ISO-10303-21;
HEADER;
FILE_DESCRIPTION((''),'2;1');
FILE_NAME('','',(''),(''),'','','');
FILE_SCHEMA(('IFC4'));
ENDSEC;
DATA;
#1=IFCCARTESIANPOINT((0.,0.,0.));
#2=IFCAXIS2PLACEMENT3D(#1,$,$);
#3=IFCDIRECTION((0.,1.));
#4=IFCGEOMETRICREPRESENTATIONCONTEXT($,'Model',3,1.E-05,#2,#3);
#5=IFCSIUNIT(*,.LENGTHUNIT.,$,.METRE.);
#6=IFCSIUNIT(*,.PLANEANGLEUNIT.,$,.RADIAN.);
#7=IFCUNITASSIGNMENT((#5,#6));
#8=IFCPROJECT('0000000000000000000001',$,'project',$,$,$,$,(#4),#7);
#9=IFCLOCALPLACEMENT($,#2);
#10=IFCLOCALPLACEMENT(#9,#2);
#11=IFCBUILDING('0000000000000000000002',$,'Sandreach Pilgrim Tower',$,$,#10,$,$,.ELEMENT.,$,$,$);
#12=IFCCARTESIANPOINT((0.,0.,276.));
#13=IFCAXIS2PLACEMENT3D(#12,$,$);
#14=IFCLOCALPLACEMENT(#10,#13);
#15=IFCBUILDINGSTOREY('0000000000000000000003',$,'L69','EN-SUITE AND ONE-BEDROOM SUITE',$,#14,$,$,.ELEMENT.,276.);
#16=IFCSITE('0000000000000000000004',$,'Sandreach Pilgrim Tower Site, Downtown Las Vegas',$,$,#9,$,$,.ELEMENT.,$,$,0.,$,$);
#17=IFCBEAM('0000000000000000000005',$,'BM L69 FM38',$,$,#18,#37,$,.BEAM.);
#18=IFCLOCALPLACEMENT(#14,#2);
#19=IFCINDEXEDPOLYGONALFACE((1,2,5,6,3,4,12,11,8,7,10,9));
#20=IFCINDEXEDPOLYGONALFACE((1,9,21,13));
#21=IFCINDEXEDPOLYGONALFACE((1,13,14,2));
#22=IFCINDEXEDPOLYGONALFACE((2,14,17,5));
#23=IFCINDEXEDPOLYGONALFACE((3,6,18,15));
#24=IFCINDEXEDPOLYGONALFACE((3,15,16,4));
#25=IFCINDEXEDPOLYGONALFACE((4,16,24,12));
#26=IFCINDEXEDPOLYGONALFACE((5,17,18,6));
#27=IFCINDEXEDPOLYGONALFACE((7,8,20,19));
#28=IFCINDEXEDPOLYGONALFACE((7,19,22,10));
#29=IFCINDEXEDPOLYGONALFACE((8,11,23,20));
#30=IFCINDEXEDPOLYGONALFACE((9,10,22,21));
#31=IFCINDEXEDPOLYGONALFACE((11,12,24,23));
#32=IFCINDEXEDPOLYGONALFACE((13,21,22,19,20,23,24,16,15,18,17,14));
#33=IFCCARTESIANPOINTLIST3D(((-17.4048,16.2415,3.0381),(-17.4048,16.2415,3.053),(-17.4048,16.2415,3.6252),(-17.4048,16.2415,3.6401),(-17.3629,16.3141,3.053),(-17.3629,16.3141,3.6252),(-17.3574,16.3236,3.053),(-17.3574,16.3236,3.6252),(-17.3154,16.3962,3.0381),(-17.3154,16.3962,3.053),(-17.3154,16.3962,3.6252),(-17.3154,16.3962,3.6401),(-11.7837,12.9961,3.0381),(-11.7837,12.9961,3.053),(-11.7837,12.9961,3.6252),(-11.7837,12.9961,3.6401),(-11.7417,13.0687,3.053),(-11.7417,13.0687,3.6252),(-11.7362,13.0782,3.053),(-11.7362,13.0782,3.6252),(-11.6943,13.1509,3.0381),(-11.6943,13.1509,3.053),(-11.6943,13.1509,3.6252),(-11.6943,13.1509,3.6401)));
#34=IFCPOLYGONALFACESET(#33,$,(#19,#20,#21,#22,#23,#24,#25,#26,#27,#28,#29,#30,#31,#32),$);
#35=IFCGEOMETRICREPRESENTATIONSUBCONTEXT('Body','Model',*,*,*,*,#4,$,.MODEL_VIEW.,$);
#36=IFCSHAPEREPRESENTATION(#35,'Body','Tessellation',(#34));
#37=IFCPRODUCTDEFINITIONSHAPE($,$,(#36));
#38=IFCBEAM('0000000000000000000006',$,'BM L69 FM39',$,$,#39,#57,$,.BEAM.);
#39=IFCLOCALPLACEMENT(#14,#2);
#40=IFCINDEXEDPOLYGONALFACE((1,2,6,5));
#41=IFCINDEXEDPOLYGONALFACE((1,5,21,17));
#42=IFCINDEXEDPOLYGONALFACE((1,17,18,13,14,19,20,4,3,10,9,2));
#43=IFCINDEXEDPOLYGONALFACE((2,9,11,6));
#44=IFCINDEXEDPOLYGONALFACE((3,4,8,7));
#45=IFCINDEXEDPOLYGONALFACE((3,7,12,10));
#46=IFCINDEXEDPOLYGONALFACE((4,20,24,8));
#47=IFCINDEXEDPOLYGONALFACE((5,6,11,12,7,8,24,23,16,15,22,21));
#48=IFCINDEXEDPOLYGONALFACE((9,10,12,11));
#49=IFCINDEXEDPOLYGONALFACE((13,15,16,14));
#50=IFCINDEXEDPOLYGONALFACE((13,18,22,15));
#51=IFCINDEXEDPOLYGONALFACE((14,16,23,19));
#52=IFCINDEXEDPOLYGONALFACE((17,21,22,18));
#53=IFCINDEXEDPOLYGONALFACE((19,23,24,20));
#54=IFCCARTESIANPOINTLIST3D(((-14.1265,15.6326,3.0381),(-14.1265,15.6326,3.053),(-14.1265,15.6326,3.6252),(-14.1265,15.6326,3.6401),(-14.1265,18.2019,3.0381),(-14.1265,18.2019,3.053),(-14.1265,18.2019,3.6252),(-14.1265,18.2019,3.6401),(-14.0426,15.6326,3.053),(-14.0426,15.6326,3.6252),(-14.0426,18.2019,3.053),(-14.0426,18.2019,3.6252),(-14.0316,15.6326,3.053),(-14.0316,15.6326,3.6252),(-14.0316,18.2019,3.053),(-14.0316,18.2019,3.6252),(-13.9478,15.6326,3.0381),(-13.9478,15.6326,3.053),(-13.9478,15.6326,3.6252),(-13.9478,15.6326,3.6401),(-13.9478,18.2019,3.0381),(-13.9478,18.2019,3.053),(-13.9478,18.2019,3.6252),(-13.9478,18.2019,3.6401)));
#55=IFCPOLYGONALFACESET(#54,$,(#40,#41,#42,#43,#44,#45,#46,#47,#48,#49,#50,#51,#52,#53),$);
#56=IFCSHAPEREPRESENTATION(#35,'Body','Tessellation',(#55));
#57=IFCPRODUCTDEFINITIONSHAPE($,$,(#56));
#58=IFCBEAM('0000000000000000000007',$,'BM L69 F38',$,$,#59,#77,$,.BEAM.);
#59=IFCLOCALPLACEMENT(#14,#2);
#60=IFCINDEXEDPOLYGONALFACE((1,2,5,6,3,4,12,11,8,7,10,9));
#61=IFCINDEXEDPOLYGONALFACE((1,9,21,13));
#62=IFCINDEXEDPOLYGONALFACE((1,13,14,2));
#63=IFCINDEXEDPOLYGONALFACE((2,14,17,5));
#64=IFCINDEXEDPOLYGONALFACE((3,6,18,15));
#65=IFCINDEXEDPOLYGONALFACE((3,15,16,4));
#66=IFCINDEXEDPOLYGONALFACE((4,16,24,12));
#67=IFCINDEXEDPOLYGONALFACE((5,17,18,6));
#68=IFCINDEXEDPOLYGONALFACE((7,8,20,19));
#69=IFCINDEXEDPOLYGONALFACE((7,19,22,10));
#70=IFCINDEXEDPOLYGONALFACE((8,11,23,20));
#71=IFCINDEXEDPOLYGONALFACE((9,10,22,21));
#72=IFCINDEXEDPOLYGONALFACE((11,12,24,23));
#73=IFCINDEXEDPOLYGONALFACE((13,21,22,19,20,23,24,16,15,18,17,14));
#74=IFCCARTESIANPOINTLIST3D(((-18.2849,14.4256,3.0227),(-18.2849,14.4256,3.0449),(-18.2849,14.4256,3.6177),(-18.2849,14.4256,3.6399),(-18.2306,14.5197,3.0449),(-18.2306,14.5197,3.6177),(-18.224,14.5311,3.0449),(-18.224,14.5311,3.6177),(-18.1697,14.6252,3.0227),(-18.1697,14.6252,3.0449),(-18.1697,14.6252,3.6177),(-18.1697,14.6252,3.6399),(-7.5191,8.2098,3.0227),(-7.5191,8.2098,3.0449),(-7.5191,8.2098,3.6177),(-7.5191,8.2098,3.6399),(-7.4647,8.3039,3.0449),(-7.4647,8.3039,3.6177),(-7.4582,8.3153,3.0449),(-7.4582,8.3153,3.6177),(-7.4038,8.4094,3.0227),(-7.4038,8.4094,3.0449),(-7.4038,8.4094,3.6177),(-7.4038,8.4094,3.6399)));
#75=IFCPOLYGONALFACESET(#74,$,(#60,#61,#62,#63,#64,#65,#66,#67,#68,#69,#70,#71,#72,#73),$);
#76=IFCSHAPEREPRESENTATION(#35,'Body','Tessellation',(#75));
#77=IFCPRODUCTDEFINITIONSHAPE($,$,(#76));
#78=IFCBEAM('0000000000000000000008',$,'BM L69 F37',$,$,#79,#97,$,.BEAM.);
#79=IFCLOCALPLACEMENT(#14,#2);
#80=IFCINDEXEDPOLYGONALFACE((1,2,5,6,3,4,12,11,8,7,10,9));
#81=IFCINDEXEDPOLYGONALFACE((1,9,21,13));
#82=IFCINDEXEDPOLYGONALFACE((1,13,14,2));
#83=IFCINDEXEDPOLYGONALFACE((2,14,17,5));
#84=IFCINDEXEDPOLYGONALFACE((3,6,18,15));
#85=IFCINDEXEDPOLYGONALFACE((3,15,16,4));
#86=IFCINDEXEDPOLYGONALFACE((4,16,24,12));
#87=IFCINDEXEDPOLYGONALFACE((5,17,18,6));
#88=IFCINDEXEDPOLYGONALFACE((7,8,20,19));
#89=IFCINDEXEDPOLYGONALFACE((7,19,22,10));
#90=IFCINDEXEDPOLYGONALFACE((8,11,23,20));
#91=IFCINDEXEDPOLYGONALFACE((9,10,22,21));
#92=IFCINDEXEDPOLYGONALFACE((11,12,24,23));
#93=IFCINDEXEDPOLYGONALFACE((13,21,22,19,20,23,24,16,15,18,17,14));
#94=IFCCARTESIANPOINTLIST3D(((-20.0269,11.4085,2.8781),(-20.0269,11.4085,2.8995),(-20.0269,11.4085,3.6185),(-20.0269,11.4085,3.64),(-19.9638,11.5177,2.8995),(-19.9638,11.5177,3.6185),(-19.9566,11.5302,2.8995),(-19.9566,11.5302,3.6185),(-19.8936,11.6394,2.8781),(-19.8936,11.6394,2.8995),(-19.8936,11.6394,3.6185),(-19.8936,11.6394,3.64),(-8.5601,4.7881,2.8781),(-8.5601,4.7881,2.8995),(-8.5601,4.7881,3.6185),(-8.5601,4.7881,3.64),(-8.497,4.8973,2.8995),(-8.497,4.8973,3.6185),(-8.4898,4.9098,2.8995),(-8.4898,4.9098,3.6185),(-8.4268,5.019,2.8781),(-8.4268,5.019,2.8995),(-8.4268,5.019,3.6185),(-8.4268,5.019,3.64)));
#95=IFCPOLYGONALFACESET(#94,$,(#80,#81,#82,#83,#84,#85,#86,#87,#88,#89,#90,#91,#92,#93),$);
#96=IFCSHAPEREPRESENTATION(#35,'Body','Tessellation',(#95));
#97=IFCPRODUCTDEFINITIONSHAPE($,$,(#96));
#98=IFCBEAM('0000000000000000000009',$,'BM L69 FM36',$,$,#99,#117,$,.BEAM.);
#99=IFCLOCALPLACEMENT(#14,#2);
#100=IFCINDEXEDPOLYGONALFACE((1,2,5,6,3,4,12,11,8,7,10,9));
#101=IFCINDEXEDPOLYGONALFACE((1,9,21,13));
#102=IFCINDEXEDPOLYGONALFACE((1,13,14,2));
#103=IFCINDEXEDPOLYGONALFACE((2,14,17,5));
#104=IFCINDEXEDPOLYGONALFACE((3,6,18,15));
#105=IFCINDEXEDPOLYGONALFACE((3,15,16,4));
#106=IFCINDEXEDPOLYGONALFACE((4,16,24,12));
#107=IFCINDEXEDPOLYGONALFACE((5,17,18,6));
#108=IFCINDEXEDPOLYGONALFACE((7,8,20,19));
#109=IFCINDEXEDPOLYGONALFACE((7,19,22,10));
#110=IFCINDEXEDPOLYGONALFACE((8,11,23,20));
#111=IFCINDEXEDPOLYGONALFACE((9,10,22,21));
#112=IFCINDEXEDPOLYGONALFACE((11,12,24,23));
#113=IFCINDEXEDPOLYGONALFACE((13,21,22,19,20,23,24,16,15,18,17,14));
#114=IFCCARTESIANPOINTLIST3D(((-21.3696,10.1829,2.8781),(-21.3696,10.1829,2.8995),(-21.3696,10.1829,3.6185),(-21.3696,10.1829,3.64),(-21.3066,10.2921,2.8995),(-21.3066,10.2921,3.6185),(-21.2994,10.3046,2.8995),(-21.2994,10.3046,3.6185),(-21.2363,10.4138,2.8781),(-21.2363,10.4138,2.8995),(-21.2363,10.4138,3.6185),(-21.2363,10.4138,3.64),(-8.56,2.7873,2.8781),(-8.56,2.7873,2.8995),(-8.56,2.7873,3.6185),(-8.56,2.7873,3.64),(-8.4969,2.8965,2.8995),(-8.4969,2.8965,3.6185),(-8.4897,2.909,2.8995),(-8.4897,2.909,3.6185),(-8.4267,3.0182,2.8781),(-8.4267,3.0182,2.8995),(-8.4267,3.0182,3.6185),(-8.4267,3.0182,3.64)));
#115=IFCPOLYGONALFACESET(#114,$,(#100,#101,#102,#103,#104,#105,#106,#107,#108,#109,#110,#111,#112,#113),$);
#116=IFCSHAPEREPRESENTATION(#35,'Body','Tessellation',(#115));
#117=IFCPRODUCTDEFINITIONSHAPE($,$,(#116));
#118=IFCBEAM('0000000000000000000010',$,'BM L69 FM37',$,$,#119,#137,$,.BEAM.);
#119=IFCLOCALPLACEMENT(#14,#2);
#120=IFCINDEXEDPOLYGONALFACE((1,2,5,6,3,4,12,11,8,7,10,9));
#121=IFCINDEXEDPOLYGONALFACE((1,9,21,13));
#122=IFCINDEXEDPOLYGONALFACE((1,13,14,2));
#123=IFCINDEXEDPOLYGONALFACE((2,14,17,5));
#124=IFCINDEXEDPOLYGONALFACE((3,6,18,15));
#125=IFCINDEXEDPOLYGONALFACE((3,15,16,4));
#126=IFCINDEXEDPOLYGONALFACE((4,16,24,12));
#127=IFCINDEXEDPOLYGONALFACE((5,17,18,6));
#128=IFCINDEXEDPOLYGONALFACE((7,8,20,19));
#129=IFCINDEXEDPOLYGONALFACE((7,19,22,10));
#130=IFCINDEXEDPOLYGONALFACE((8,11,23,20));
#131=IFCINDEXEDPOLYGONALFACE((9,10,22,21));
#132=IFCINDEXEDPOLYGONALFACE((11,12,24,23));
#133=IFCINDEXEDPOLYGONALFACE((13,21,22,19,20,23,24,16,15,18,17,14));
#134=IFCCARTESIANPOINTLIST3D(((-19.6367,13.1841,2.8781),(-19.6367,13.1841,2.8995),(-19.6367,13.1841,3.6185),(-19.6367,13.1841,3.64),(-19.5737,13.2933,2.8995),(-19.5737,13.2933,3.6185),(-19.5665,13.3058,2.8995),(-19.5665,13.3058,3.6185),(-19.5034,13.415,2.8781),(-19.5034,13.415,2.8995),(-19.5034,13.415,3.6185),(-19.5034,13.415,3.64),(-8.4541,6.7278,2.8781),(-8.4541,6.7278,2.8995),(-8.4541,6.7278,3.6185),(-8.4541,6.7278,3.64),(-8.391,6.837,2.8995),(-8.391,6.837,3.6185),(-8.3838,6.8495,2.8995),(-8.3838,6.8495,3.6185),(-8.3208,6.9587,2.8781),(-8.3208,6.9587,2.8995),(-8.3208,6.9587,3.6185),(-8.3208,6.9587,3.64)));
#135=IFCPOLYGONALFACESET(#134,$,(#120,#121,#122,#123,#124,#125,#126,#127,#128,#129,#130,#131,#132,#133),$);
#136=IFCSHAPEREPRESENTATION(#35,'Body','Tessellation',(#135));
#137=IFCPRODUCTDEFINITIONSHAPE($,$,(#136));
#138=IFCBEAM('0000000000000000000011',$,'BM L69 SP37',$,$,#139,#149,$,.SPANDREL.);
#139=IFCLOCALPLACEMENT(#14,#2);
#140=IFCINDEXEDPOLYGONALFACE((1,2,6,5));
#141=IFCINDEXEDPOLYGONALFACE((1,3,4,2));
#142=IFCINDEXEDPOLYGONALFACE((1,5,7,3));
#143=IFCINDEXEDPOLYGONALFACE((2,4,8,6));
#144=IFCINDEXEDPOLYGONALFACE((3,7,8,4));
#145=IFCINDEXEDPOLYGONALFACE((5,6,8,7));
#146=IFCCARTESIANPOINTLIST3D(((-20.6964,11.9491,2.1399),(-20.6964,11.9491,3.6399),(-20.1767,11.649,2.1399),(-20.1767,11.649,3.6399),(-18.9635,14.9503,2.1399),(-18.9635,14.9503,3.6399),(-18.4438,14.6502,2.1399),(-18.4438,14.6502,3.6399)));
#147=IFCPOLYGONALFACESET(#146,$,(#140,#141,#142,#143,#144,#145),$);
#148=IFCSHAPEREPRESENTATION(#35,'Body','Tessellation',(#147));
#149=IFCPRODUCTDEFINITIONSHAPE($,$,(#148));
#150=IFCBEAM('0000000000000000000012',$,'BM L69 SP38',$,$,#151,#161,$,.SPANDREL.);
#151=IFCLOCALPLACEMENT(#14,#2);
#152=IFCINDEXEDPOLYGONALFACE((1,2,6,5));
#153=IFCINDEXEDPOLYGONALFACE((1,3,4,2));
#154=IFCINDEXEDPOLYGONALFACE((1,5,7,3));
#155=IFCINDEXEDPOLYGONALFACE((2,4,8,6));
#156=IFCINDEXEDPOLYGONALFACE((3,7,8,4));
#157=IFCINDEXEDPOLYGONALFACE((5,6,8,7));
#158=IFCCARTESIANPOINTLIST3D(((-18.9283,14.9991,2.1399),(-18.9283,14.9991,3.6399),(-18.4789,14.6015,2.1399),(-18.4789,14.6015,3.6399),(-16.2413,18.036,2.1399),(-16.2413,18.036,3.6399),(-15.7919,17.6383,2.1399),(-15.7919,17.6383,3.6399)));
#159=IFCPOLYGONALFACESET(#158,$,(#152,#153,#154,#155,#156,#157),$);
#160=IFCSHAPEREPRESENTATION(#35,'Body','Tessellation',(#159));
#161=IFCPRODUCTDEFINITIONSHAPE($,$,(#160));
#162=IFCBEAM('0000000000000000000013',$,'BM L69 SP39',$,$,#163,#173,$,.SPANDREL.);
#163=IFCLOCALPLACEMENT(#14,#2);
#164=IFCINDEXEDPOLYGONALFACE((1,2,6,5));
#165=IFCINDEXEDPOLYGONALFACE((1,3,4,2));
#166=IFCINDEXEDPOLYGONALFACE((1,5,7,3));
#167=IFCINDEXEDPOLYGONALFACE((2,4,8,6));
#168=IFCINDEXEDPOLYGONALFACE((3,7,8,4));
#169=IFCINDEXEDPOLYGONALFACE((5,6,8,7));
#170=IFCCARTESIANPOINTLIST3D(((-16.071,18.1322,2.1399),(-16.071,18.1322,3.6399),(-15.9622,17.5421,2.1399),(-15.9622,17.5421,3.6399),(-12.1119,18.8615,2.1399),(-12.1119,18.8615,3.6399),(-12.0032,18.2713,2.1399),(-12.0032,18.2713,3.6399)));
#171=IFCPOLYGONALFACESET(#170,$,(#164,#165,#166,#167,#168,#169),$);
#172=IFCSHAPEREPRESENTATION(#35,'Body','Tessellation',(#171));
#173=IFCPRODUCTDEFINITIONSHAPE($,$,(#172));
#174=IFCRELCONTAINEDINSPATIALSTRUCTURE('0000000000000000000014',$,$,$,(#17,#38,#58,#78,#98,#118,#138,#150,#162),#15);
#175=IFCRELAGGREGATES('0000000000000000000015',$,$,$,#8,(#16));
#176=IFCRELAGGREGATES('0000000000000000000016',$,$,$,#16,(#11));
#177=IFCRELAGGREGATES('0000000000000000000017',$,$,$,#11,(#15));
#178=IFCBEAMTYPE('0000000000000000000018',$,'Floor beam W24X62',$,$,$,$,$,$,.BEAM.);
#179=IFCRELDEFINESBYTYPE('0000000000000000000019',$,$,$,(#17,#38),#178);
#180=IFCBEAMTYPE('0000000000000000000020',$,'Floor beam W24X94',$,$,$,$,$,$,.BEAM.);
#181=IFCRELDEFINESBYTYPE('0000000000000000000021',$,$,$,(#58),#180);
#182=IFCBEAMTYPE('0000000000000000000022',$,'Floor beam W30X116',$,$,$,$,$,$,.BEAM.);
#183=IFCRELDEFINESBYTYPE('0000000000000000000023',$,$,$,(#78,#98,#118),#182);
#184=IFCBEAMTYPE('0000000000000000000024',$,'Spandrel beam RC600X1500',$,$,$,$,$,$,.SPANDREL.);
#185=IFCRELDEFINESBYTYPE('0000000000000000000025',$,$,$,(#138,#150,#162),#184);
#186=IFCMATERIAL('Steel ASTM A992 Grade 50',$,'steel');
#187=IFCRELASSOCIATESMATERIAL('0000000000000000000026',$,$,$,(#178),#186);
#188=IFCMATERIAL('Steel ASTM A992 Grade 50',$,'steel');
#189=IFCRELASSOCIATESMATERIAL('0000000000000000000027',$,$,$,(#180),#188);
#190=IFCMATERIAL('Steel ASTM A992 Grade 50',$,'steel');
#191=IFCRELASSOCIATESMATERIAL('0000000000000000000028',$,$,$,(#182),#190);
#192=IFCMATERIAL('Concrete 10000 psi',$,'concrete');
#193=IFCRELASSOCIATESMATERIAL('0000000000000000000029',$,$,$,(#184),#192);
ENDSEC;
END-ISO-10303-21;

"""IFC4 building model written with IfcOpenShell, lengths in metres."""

from ifc_helpers import new_model, si_unit, direction, frame, origin, origin_2d, place, context, subcontext, project, spatial, rectangle, i_section, extrude, material, material_profile, profile_set, type_object, element, save


model = new_model("IFC4")

# Units and contexts
model_context = context("Model", 3, precision=1e-05, world=origin(), true_north=direction((0.0, 1.0)))
body_context = subcontext(model_context, "Body", "Model", "MODEL_VIEW")
ifc_project = project(units=[si_unit("LENGTHUNIT", "METRE"), si_unit("PLANEANGLEUNIT", "RADIAN")], contexts=[model_context])

# Site, building, storey
site_placement = place(None, origin())
site = spatial("IfcSite", under=ifc_project, at=site_placement, Name="Sandreach Pilgrim Tower Site, Downtown Las Vegas", CompositionType="ELEMENT", RefElevation=0.0)
building_placement = place(site_placement, origin())
building = spatial("IfcBuilding", under=site, at=building_placement, Name="Sandreach Pilgrim Tower", CompositionType="ELEMENT")
storey_placement = place(building_placement, frame((0.0, 0.0, 276.0)))
storey = spatial("IfcBuildingStorey", under=building, at=storey_placement, Name="L69", Description="EN-SUITE AND ONE-BEDROOM SUITE", CompositionType="ELEMENT", Elevation=276.0)

# Beams
ifc_material_1 = material(Name="Steel ASTM A992 Grade 50", Category="steel")
ifc_material_profile_1 = material_profile(ifc_material_1, i_section(OverallWidth=0.1787, OverallDepth=0.6021, WebThickness=0.011, FlangeThickness=0.0149, at=origin_2d()), Name="W24X62")
ifc_profile_set_1 = profile_set([ifc_material_profile_1], Name="Steel ASTM A992 Grade 50")
beam_type_1 = type_object("IfcBeamType", Name="Floor beam W24X62", PredefinedType="BEAM", material=ifc_profile_set_1)
beam_1_placement = place(storey_placement, frame((-17.3601, 16.3188, 3.3391), z_axis=(0.866024, -0.500002, 0.0), x_axis=(0.500002, 0.866024, 0.0)))
element("IfcBeam", 1, at=beam_1_placement, inside=storey, type_object=beam_type_1, Name="BM L69 FM38", PredefinedType="BEAM", context=body_context, shape_type="SweptSolid", body=[
    extrude(i_section(OverallWidth=0.1787, OverallDepth=0.6021, WebThickness=0.011, FlangeThickness=0.0149, at=origin_2d()), origin(), (0.0, 0.0, 1.0), 6.4907),
])
beam_2_placement = place(storey_placement, frame((-14.0371, 18.2019, 3.3391), z_axis=(0.0, -1.0, 0.0), x_axis=(1.0, 0.0, 0.0)))
element("IfcBeam", 2, at=beam_2_placement, inside=storey, type_object=beam_type_1, Name="BM L69 FM39", PredefinedType="BEAM", context=body_context, shape_type="SweptSolid", body=[
    extrude(i_section(OverallWidth=0.1787, OverallDepth=0.6021, WebThickness=0.011, FlangeThickness=0.0149, at=origin_2d()), origin(), (0.0, 0.0, 1.0), 2.5693),
])
ifc_material_2 = material(Name="Steel ASTM A992 Grade 50", Category="steel")
ifc_material_profile_2 = material_profile(ifc_material_2, i_section(OverallWidth=0.2305, OverallDepth=0.6172, WebThickness=0.0132, FlangeThickness=0.0222, at=origin_2d()), Name="W24X94")
ifc_profile_set_2 = profile_set([ifc_material_profile_2], Name="Steel ASTM A992 Grade 50")
beam_type_2 = type_object("IfcBeamType", Name="Floor beam W24X94", PredefinedType="BEAM", material=ifc_profile_set_2)
beam_3_placement = place(storey_placement, frame((-18.2273, 14.5254, 3.3313), z_axis=(0.86602, -0.500009, 0.0), x_axis=(0.500009, 0.86602, 0.0)))
element("IfcBeam", 3, at=beam_3_placement, inside=storey, type_object=beam_type_2, Name="BM L69 F38", PredefinedType="BEAM", context=body_context, shape_type="SweptSolid", body=[
    extrude(i_section(OverallWidth=0.2305, OverallDepth=0.6172, WebThickness=0.0132, FlangeThickness=0.0222, at=origin_2d()), origin(), (0.0, 0.0, 1.0), 12.4314),
])
ifc_material_3 = material(Name="Steel ASTM A992 Grade 50", Category="steel")
ifc_material_profile_3 = material_profile(ifc_material_3, i_section(OverallWidth=0.2666, OverallDepth=0.762, WebThickness=0.0144, FlangeThickness=0.0215, at=origin_2d()), Name="W30X116")
ifc_profile_set_3 = profile_set([ifc_material_profile_3], Name="Steel ASTM A992 Grade 50")
beam_type_3 = type_object("IfcBeamType", Name="Floor beam W30X116", PredefinedType="BEAM", material=ifc_profile_set_3)
beam_4_placement = place(storey_placement, frame((-19.9602, 11.5239, 3.259), z_axis=(0.866025, -0.5, 0.0), x_axis=(0.5, 0.866025, 0.0)))
element("IfcBeam", 4, at=beam_4_placement, inside=storey, type_object=beam_type_3, Name="BM L69 F37", PredefinedType="BEAM", context=body_context, shape_type="SweptSolid", body=[
    extrude(i_section(OverallWidth=0.2666, OverallDepth=0.762, WebThickness=0.0144, FlangeThickness=0.0215, at=origin_2d()), origin(), (0.0, 0.0, 1.0), 13.2407),
])
beam_5_placement = place(storey_placement, frame((-21.303, 10.2983, 3.259), z_axis=(0.866028, -0.499995, 0.0), x_axis=(0.499995, 0.866028, 0.0)))
element("IfcBeam", 5, at=beam_5_placement, inside=storey, type_object=beam_type_3, Name="BM L69 FM36", PredefinedType="BEAM", context=body_context, shape_type="SweptSolid", body=[
    extrude(i_section(OverallWidth=0.2666, OverallDepth=0.762, WebThickness=0.0144, FlangeThickness=0.0215, at=origin_2d()), origin(), (0.0, 0.0, 1.0), 14.7913),
])
beam_6_placement = place(storey_placement, frame((-19.5701, 13.2996, 3.259), z_axis=(0.866025, -0.500001, 0.0), x_axis=(0.500001, 0.866025, 0.0)))
element("IfcBeam", 6, at=beam_6_placement, inside=storey, type_object=beam_type_3, Name="BM L69 FM37", PredefinedType="BEAM", context=body_context, shape_type="SweptSolid", body=[
    extrude(i_section(OverallWidth=0.2666, OverallDepth=0.762, WebThickness=0.0144, FlangeThickness=0.0215, at=origin_2d()), origin(), (0.0, 0.0, 1.0), 12.9126),
])
ifc_material_4 = material(Name="Concrete 10000 psi", Category="concrete")
ifc_material_profile_4 = material_profile(ifc_material_4, rectangle(XDim=0.6001, YDim=1.5, at=origin_2d()), Name="RC600X1500")
ifc_profile_set_4 = profile_set([ifc_material_profile_4], Name="Concrete 10000 psi")
beam_type_4 = type_object("IfcBeamType", Name="Spandrel beam RC600X1500", PredefinedType="SPANDREL", material=ifc_profile_set_4)
beam_7_placement = place(storey_placement, frame((-20.4365, 11.7991, 2.8899), z_axis=(0.500033, 0.866006, 0.0), x_axis=(-0.866006, 0.500033, 0.0)))
element("IfcBeam", 7, at=beam_7_placement, inside=storey, type_object=beam_type_4, Name="BM L69 SP37", PredefinedType="SPANDREL", context=body_context, shape_type="SweptSolid", body=[
    extrude(rectangle(XDim=0.6001, YDim=1.5, at=origin_2d()), origin(), (0.0, 0.0, 1.0), 3.4656),
])
beam_8_placement = place(storey_placement, frame((-18.7036, 14.8003, 2.8899), z_axis=(0.662651, 0.748929, 0.0), x_axis=(-0.748929, 0.662651, 0.0)))
element("IfcBeam", 8, at=beam_8_placement, inside=storey, type_object=beam_type_4, Name="BM L69 SP38", PredefinedType="SPANDREL", context=body_context, shape_type="SweptSolid", body=[
    extrude(rectangle(XDim=0.6001, YDim=1.5, at=origin_2d()), origin(), (0.0, 0.0, 1.0), 4.0549),
])
beam_9_placement = place(storey_placement, frame((-16.0166, 17.8372, 2.8899), z_axis=(0.983455, 0.181153, 0.0), x_axis=(-0.181153, 0.983455, 0.0)))
element("IfcBeam", 9, at=beam_9_placement, inside=storey, type_object=beam_type_4, Name="BM L69 SP39", PredefinedType="SPANDREL", context=body_context, shape_type="SweptSolid", body=[
    extrude(rectangle(XDim=0.6001, YDim=1.5, at=origin_2d()), origin(), (0.0, 0.0, 1.0), 4.0256),
])

save(model, "model.ifc")
